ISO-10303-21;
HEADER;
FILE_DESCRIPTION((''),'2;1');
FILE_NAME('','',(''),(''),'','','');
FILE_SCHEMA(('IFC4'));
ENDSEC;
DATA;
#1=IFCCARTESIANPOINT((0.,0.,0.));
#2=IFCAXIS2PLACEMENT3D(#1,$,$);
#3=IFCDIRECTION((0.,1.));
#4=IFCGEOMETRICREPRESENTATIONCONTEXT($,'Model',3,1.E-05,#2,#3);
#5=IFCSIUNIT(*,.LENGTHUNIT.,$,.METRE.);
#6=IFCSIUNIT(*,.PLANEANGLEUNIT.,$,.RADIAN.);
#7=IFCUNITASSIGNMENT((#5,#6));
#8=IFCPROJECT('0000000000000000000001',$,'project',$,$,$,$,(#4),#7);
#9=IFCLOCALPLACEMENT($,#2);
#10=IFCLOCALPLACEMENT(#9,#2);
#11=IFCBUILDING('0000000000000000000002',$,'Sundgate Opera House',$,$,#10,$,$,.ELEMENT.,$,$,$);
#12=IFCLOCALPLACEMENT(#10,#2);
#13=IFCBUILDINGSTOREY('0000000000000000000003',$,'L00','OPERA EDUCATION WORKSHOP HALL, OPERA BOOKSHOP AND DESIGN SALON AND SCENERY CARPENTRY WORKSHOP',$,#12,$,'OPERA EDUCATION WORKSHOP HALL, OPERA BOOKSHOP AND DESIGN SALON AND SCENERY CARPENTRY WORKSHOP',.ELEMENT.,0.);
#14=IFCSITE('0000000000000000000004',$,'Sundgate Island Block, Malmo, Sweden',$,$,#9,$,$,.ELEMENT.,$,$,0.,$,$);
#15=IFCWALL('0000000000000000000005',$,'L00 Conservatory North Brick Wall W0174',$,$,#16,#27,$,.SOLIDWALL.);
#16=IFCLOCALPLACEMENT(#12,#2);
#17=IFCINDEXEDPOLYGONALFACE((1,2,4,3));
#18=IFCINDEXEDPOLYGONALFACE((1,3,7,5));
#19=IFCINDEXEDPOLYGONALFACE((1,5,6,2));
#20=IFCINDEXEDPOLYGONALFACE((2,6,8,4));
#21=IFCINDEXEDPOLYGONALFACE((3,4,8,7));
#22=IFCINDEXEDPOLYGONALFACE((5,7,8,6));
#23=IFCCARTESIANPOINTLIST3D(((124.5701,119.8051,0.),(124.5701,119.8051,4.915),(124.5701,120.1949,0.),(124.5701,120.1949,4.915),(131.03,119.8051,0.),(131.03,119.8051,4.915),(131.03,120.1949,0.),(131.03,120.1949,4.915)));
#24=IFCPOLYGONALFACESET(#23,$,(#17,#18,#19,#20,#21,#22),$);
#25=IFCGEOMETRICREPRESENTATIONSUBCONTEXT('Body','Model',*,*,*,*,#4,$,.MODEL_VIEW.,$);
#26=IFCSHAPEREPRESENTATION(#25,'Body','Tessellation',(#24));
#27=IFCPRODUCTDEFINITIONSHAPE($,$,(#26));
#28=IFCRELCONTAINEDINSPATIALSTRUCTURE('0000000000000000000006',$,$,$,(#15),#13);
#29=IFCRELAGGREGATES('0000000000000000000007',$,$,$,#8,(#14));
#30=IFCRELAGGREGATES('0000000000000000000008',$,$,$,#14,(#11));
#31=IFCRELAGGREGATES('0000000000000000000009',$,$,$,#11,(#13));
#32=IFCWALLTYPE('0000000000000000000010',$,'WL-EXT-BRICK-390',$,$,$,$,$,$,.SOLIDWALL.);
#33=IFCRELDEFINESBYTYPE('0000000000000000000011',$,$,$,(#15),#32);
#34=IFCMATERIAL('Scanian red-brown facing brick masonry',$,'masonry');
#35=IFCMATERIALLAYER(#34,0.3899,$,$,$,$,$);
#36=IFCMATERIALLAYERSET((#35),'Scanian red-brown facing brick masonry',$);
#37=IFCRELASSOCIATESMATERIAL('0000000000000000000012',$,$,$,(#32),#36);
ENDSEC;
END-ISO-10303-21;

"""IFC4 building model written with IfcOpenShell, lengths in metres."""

from ifc_helpers import new_model, si_unit, direction, frame, frame_2d, origin, place, context, subcontext, project, spatial, rectangle, extrude, material, layer, layer_set, type_object, element, save


model = new_model("IFC4")

# Units and contexts
model_context = context("Model", 3, precision=1e-05, world=origin(), true_north=direction((0.0, 1.0)))
body_context = subcontext(model_context, "Body", "Model", "MODEL_VIEW")
ifc_project = project(units=[si_unit("LENGTHUNIT", "METRE"), si_unit("PLANEANGLEUNIT", "RADIAN")], contexts=[model_context])

# Site, building, storey
site_placement = place(None, origin())
site = spatial("IfcSite", under=ifc_project, at=site_placement, Name="Sundgate Island Block, Malmo, Sweden", CompositionType="ELEMENT", RefElevation=0.0)
building_placement = place(site_placement, origin())
building = spatial("IfcBuilding", under=site, at=building_placement, Name="Sundgate Opera House", CompositionType="ELEMENT")
storey_placement = place(building_placement, origin())
storey = spatial("IfcBuildingStorey", under=building, at=storey_placement, Name="L00", Description="OPERA EDUCATION WORKSHOP HALL, OPERA BOOKSHOP AND DESIGN SALON AND SCENERY CARPENTRY WORKSHOP", LongName="OPERA EDUCATION WORKSHOP HALL, OPERA BOOKSHOP AND DESIGN SALON AND SCENERY CARPENTRY WORKSHOP", CompositionType="ELEMENT", Elevation=0.0)

# Wall
ifc_material_1 = material(Name="Scanian red-brown facing brick masonry", Category="masonry")
ifc_layer_1 = layer(ifc_material_1, 0.3899)
ifc_layer_set_1 = layer_set([ifc_layer_1], Name="Scanian red-brown facing brick masonry")
wall_type = type_object("IfcWallType", Name="WL-EXT-BRICK-390", PredefinedType="SOLIDWALL", material=ifc_layer_set_1)
wall_placement = place(storey_placement, frame((124.5701, 120.0, 0.0), z_axis=(0.0, 0.0, 1.0), x_axis=(1.0, 0.0, 0.0)))
element("IfcWall", 1, at=wall_placement, inside=storey, type_object=wall_type, Name="L00 Conservatory North Brick Wall W0174", PredefinedType="SOLIDWALL", context=body_context, shape_type="SweptSolid", body=[
    extrude(rectangle(XDim=6.46, YDim=0.3899, at=frame_2d((3.23, 0.0))), origin(), (0.0, 0.0, 1.0), 4.915),
])

save(model, "model.ifc")
